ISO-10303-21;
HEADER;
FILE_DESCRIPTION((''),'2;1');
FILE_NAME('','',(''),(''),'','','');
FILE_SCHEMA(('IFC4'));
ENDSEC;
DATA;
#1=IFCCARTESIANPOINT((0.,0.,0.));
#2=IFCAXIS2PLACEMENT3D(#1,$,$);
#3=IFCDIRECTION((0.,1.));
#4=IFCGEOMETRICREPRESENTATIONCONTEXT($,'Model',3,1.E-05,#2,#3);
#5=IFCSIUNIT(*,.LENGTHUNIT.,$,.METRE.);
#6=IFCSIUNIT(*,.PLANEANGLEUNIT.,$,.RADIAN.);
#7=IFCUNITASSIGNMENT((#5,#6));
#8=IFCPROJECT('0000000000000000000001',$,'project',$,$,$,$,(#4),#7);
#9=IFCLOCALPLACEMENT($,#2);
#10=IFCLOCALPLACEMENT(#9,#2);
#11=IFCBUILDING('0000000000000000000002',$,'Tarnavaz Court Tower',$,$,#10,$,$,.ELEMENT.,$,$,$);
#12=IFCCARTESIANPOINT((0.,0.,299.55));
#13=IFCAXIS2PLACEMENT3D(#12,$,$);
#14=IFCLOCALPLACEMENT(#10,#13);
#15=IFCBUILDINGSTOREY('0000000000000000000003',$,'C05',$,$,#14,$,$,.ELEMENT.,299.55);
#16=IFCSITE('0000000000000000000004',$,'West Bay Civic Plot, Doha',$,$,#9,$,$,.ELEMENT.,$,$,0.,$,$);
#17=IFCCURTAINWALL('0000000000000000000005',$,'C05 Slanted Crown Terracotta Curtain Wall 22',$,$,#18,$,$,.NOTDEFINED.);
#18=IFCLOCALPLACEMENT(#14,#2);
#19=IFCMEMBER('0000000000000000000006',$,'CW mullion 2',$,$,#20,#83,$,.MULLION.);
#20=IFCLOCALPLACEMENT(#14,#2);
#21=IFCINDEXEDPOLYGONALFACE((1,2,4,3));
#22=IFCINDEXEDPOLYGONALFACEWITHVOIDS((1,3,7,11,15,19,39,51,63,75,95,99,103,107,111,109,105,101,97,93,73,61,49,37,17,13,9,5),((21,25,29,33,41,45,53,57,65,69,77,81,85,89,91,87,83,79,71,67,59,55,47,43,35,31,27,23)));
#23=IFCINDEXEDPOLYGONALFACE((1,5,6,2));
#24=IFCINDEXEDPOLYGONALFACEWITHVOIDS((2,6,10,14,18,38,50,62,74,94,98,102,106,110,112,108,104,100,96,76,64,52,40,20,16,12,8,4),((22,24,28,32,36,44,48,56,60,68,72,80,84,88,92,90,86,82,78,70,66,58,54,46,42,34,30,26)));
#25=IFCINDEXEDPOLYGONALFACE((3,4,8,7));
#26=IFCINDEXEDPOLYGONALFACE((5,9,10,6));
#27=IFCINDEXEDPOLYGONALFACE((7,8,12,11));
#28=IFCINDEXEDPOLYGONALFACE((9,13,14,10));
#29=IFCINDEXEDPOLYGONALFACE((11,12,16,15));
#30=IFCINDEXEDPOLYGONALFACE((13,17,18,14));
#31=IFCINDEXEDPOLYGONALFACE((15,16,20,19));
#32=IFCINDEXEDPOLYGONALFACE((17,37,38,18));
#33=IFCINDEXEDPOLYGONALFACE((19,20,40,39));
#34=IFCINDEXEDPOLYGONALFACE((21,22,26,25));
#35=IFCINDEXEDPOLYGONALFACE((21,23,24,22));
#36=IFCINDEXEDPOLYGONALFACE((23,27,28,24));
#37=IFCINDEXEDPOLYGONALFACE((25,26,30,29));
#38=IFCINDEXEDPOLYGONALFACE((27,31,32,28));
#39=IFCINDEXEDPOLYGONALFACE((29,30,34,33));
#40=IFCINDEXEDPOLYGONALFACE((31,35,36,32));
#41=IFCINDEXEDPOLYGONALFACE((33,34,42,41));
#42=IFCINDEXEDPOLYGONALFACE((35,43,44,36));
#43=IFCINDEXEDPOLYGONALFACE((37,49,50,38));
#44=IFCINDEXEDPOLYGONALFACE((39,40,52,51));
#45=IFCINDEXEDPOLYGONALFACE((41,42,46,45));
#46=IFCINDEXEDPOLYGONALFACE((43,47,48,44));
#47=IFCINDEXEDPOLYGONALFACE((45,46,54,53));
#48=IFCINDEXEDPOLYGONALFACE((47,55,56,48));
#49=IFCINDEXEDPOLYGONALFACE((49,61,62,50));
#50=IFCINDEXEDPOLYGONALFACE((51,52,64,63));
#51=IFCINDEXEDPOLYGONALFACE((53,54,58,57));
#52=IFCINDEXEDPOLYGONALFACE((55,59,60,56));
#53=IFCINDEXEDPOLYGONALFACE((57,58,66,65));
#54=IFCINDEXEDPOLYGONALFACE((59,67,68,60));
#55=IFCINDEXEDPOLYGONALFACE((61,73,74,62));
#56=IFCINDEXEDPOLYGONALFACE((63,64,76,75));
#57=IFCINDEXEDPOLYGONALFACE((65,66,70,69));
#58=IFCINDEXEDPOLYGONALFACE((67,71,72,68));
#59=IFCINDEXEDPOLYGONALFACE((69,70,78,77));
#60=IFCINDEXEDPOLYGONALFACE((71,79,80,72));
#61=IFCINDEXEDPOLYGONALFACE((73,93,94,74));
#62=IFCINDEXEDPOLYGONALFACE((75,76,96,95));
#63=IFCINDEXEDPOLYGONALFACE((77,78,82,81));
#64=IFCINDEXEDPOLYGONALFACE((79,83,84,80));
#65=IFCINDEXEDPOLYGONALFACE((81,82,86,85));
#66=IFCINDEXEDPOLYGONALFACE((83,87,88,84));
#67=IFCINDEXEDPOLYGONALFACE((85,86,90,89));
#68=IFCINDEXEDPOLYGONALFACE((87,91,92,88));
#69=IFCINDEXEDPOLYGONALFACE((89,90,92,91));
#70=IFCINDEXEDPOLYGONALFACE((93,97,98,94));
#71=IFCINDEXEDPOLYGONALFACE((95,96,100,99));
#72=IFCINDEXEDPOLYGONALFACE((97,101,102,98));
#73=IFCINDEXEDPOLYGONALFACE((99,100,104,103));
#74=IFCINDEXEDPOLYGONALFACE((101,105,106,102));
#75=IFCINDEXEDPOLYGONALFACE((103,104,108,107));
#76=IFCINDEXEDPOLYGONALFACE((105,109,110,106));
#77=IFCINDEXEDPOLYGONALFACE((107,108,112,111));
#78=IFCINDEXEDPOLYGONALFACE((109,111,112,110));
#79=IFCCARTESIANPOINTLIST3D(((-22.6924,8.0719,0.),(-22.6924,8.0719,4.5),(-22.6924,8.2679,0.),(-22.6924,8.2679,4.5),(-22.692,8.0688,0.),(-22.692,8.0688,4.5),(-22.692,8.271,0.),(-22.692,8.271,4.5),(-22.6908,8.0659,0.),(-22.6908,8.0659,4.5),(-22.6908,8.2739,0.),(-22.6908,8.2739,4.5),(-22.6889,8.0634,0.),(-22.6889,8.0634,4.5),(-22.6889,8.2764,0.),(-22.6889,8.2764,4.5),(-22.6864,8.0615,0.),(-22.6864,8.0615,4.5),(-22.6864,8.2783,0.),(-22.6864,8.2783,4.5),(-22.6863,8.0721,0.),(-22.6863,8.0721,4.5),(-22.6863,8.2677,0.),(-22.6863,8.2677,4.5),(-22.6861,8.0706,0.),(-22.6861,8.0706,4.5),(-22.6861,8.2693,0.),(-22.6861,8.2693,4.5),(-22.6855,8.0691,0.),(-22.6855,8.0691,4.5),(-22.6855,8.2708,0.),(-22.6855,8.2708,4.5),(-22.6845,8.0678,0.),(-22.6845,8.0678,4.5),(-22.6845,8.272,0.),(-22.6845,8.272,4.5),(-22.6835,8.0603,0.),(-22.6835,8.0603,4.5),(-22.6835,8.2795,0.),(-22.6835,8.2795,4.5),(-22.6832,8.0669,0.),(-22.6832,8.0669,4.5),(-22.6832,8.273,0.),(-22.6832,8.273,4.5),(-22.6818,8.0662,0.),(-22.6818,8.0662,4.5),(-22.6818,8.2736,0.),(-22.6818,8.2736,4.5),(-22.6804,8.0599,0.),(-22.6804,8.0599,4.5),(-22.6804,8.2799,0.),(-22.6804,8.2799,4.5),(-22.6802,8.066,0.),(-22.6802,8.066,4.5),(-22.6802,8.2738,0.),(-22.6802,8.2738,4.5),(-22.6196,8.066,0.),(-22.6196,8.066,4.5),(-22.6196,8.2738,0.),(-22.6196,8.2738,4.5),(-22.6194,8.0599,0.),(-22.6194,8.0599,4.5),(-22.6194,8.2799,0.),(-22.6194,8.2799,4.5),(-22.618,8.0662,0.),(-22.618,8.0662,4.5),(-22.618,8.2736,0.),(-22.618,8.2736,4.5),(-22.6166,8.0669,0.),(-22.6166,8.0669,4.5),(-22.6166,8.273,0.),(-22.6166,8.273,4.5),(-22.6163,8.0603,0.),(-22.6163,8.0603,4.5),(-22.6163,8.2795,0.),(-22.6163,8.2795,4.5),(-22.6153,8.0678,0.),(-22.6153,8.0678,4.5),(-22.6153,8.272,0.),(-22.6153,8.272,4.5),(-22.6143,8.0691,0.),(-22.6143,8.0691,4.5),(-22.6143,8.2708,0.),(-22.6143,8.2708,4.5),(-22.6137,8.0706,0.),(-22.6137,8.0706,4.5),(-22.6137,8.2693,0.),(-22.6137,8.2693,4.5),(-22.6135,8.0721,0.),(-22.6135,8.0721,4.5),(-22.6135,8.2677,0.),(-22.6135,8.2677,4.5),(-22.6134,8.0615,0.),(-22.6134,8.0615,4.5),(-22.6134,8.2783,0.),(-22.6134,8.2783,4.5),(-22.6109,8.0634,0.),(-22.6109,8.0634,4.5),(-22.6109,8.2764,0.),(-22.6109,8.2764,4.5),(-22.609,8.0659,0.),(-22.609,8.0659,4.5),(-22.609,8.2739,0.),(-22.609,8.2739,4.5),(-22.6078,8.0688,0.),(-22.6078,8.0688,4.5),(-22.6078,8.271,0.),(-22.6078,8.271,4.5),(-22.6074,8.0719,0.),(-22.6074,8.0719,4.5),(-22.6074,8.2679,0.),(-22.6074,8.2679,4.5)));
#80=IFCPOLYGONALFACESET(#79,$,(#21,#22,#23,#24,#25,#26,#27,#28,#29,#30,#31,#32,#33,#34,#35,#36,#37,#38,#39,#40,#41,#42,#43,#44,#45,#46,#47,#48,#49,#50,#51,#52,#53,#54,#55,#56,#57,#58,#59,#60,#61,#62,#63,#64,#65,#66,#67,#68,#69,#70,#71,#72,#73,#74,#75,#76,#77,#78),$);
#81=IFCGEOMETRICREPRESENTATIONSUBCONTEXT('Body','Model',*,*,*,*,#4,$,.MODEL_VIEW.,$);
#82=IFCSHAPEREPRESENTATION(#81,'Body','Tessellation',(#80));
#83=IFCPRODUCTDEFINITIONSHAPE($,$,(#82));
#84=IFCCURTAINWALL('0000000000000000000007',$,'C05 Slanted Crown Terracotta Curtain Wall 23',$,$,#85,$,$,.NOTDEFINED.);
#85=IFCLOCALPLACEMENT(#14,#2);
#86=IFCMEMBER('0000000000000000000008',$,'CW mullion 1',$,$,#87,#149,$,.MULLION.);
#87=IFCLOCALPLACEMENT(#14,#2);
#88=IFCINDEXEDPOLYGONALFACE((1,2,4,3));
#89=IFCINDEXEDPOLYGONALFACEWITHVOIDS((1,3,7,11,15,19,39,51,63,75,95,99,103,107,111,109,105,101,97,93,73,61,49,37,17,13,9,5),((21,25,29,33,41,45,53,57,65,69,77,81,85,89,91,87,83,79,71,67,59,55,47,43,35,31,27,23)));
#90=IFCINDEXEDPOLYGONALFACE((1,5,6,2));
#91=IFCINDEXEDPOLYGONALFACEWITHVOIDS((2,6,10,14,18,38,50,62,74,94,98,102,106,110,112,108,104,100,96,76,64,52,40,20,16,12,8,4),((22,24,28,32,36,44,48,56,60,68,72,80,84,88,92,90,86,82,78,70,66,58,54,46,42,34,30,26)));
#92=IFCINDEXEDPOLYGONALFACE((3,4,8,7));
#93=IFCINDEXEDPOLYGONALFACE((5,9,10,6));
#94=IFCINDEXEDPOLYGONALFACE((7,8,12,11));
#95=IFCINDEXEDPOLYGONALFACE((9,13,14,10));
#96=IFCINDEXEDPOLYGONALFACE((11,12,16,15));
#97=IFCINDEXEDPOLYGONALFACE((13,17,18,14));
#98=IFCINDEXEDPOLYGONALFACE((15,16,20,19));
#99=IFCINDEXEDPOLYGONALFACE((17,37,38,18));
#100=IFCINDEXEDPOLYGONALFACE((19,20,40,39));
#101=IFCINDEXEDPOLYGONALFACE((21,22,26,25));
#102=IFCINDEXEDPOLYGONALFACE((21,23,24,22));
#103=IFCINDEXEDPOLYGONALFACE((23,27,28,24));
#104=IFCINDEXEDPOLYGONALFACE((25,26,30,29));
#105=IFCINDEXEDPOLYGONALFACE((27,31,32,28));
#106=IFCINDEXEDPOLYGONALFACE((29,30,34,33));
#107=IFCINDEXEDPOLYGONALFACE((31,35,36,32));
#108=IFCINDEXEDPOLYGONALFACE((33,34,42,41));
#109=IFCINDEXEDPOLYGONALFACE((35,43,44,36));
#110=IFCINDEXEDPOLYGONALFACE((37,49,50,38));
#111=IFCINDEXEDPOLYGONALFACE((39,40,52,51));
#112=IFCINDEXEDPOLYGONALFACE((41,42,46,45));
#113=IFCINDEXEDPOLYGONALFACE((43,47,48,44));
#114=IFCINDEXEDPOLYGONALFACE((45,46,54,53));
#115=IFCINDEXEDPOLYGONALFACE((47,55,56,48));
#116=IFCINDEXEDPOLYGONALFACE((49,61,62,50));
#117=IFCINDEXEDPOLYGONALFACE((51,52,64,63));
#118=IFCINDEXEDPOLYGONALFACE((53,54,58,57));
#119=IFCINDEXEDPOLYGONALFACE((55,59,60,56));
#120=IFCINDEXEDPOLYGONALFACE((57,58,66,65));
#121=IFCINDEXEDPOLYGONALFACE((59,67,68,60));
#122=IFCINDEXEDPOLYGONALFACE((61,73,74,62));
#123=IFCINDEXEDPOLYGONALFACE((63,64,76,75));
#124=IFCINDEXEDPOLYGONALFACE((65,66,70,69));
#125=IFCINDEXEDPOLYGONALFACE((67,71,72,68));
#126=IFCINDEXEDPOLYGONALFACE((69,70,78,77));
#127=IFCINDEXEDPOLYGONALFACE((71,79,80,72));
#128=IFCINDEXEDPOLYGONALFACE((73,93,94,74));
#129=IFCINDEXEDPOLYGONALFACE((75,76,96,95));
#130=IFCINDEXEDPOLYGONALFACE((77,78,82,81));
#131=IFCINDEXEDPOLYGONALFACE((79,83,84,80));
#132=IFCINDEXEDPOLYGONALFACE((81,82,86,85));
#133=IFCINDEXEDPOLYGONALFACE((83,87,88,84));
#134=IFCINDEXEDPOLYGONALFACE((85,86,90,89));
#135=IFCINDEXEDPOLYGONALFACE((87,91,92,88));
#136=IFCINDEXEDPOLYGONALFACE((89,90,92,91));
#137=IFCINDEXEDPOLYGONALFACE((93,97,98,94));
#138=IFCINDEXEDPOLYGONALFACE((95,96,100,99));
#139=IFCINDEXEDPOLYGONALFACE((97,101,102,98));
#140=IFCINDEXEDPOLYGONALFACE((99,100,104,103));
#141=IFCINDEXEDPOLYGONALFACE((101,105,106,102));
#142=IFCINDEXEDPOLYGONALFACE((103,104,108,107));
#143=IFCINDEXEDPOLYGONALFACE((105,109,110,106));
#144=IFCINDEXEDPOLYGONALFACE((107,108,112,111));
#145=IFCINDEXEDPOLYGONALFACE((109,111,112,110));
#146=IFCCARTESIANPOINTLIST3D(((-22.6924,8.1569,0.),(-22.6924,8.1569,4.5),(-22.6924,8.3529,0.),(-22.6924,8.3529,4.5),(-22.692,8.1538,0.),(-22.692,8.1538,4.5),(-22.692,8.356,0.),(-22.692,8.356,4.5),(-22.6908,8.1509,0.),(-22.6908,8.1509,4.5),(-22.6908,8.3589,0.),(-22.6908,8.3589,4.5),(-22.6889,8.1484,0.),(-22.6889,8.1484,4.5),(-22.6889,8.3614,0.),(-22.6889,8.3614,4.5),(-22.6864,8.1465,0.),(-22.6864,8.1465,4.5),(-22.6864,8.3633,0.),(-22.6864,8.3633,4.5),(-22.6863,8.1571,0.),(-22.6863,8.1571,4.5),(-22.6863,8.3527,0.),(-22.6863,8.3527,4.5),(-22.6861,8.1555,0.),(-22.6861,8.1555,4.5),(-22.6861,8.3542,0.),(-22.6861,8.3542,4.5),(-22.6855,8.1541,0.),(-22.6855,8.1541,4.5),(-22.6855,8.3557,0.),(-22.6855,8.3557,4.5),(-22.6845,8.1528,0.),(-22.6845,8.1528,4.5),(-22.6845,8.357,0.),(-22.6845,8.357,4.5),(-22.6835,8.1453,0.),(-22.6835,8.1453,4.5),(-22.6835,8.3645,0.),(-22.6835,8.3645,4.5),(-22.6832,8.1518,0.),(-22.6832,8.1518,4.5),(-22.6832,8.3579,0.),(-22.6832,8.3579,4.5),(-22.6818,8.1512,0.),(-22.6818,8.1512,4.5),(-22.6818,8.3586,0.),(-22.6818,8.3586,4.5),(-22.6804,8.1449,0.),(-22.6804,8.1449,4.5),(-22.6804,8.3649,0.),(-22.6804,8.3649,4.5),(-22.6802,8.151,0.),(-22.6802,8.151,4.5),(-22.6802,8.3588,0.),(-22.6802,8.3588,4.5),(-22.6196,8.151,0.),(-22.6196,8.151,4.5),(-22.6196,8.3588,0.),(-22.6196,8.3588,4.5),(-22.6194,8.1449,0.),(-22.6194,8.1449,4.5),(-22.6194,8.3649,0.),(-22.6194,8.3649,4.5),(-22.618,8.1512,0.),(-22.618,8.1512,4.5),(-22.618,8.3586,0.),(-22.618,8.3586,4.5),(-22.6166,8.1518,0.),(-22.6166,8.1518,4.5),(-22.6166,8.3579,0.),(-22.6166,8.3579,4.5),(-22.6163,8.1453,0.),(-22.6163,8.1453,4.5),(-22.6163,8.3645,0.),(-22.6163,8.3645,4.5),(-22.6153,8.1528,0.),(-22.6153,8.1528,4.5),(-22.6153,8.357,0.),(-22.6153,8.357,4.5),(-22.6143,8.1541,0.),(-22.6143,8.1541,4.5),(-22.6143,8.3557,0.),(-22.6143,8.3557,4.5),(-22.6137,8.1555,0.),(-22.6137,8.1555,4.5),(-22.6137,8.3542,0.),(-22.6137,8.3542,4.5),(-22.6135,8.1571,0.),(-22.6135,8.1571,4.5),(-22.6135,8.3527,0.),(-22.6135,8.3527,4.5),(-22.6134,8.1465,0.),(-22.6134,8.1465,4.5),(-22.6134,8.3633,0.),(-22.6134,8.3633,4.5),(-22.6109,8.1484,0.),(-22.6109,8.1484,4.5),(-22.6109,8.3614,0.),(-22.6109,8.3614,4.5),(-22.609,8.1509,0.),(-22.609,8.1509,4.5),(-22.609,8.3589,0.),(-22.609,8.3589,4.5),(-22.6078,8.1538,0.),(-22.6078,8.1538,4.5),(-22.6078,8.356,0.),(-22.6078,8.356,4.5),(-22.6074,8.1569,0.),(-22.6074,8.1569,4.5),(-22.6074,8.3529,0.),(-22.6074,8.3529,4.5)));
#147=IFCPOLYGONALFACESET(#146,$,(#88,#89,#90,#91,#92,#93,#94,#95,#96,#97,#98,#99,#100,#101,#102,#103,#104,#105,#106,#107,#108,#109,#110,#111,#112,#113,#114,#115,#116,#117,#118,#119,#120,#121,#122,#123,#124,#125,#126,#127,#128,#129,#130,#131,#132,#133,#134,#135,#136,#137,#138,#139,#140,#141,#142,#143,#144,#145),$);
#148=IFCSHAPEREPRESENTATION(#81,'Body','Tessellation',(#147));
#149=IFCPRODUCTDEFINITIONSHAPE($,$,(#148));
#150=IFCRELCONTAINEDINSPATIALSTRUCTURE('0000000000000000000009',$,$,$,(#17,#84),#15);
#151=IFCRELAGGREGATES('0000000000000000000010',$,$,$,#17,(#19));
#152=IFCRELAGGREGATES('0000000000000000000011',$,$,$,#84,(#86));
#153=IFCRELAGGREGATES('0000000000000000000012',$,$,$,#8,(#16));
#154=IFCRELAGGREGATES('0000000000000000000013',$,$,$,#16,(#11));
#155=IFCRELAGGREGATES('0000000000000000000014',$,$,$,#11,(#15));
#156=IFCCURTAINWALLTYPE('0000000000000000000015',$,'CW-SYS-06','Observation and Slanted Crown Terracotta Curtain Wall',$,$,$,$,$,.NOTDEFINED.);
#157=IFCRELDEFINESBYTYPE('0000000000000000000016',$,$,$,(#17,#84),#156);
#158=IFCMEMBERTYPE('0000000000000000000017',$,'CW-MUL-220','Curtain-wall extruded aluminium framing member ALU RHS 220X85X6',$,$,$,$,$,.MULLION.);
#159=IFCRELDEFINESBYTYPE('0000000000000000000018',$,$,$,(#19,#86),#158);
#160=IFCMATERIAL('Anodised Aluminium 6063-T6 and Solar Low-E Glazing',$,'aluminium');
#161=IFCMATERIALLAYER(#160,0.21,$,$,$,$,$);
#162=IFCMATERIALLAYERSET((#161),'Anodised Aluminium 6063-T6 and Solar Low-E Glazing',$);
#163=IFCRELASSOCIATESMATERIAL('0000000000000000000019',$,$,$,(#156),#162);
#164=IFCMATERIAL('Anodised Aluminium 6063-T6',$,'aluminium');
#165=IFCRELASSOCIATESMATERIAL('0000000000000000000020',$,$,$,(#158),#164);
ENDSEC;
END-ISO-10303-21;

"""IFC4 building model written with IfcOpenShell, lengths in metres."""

from ifc_helpers import new_model, si_unit, direction, frame, origin, origin_2d, place, context, subcontext, project, spatial, hollow_rectangle, extrude, material, layer, layer_set, material_profile, profile_set, type_object, element, aggregate, save


model = new_model("IFC4")

# Units and contexts
model_context = context("Model", 3, precision=1e-05, world=origin(), true_north=direction((0.0, 1.0)))
body_context = subcontext(model_context, "Body", "Model", "MODEL_VIEW")
ifc_project = project(units=[si_unit("LENGTHUNIT", "METRE"), si_unit("PLANEANGLEUNIT", "RADIAN")], contexts=[model_context])

# Site, building, storey
site_placement = place(None, origin())
site = spatial("IfcSite", under=ifc_project, at=site_placement, Name="West Bay Civic Plot, Doha", CompositionType="ELEMENT", RefElevation=0.0)
building_placement = place(site_placement, origin())
building = spatial("IfcBuilding", under=site, at=building_placement, Name="Tarnavaz Court Tower", CompositionType="ELEMENT")
storey_placement = place(building_placement, frame((0.0, 0.0, 299.55)))
storey = spatial("IfcBuildingStorey", under=building, at=storey_placement, Name="C05", CompositionType="ELEMENT", Elevation=299.55)

# Shared definitions
ifc_material_1 = material(Name="Anodised Aluminium 6063-T6 and Solar Low-E Glazing", Category="aluminium")
ifc_layer_1 = layer(ifc_material_1, 0.21)
ifc_layer_set_1 = layer_set([ifc_layer_1], Name="Anodised Aluminium 6063-T6 and Solar Low-E Glazing")
curtain_wall_type = type_object("IfcCurtainWallType", Name="CW-SYS-06", Description="Observation and Slanted Crown Terracotta Curtain Wall", PredefinedType="NOTDEFINED", material=ifc_layer_set_1)
ifc_material_2 = material(Name="Anodised Aluminium 6063-T6", Category="aluminium")
ifc_material_profile_1 = material_profile(ifc_material_2, hollow_rectangle(XDim=0.085, YDim=0.22, WallThickness=0.0061, InnerFilletRadius=0.0061, OuterFilletRadius=0.012, at=origin_2d()), Name="ALU RHS 220X85X6")
ifc_profile_set_1 = profile_set([ifc_material_profile_1], Name="Anodised Aluminium 6063-T6")
member_type_1 = type_object("IfcMemberType", Name="CW-MUL-220", Description="Curtain-wall extruded aluminium framing member ALU RHS 220X85X6", PredefinedType="MULLION", material=ifc_profile_set_1)

# Curtain wall, member
curtain_wall_1_placement = place(storey_placement, origin())
curtain_wall_1 = element("IfcCurtainWall", 1, at=curtain_wall_1_placement, inside=storey, type_object=curtain_wall_type, Name="C05 Slanted Crown Terracotta Curtain Wall 22", PredefinedType="NOTDEFINED")
member_1_placement = place(storey_placement, frame((-22.6499, 8.1699, 0.0), z_axis=(0.0, 0.0, 1.0), x_axis=(-1.0, 0.0, 0.0)))
member_1 = element("IfcMember", 2, at=member_1_placement, type_object=member_type_1, Name="CW mullion 2", PredefinedType="MULLION", context=body_context, shape_type="SweptSolid", body=[
    extrude(hollow_rectangle(XDim=0.085, YDim=0.22, WallThickness=0.0061, InnerFilletRadius=0.0061, OuterFilletRadius=0.012, at=origin_2d()), origin(), (0.0, 0.0, 1.0), 4.5),
])

# Curtain wall, member
curtain_wall_2_placement = place(storey_placement, origin())
curtain_wall_2 = element("IfcCurtainWall", 3, at=curtain_wall_2_placement, inside=storey, type_object=curtain_wall_type, Name="C05 Slanted Crown Terracotta Curtain Wall 23", PredefinedType="NOTDEFINED")
member_2_placement = place(storey_placement, frame((-22.6499, 8.2549, 0.0), z_axis=(0.0, 0.0, 1.0), x_axis=(-1.0, 0.0, 0.0)))
member_2 = element("IfcMember", 4, at=member_2_placement, type_object=member_type_1, Name="CW mullion 1", PredefinedType="MULLION", context=body_context, shape_type="SweptSolid", body=[
    extrude(hollow_rectangle(XDim=0.085, YDim=0.22, WallThickness=0.0061, InnerFilletRadius=0.0061, OuterFilletRadius=0.012, at=origin_2d()), origin(), (0.0, 0.0, 1.0), 4.5),
])

aggregate(curtain_wall_1, [member_1])
aggregate(curtain_wall_2, [member_2])

save(model, "model.ifc")
